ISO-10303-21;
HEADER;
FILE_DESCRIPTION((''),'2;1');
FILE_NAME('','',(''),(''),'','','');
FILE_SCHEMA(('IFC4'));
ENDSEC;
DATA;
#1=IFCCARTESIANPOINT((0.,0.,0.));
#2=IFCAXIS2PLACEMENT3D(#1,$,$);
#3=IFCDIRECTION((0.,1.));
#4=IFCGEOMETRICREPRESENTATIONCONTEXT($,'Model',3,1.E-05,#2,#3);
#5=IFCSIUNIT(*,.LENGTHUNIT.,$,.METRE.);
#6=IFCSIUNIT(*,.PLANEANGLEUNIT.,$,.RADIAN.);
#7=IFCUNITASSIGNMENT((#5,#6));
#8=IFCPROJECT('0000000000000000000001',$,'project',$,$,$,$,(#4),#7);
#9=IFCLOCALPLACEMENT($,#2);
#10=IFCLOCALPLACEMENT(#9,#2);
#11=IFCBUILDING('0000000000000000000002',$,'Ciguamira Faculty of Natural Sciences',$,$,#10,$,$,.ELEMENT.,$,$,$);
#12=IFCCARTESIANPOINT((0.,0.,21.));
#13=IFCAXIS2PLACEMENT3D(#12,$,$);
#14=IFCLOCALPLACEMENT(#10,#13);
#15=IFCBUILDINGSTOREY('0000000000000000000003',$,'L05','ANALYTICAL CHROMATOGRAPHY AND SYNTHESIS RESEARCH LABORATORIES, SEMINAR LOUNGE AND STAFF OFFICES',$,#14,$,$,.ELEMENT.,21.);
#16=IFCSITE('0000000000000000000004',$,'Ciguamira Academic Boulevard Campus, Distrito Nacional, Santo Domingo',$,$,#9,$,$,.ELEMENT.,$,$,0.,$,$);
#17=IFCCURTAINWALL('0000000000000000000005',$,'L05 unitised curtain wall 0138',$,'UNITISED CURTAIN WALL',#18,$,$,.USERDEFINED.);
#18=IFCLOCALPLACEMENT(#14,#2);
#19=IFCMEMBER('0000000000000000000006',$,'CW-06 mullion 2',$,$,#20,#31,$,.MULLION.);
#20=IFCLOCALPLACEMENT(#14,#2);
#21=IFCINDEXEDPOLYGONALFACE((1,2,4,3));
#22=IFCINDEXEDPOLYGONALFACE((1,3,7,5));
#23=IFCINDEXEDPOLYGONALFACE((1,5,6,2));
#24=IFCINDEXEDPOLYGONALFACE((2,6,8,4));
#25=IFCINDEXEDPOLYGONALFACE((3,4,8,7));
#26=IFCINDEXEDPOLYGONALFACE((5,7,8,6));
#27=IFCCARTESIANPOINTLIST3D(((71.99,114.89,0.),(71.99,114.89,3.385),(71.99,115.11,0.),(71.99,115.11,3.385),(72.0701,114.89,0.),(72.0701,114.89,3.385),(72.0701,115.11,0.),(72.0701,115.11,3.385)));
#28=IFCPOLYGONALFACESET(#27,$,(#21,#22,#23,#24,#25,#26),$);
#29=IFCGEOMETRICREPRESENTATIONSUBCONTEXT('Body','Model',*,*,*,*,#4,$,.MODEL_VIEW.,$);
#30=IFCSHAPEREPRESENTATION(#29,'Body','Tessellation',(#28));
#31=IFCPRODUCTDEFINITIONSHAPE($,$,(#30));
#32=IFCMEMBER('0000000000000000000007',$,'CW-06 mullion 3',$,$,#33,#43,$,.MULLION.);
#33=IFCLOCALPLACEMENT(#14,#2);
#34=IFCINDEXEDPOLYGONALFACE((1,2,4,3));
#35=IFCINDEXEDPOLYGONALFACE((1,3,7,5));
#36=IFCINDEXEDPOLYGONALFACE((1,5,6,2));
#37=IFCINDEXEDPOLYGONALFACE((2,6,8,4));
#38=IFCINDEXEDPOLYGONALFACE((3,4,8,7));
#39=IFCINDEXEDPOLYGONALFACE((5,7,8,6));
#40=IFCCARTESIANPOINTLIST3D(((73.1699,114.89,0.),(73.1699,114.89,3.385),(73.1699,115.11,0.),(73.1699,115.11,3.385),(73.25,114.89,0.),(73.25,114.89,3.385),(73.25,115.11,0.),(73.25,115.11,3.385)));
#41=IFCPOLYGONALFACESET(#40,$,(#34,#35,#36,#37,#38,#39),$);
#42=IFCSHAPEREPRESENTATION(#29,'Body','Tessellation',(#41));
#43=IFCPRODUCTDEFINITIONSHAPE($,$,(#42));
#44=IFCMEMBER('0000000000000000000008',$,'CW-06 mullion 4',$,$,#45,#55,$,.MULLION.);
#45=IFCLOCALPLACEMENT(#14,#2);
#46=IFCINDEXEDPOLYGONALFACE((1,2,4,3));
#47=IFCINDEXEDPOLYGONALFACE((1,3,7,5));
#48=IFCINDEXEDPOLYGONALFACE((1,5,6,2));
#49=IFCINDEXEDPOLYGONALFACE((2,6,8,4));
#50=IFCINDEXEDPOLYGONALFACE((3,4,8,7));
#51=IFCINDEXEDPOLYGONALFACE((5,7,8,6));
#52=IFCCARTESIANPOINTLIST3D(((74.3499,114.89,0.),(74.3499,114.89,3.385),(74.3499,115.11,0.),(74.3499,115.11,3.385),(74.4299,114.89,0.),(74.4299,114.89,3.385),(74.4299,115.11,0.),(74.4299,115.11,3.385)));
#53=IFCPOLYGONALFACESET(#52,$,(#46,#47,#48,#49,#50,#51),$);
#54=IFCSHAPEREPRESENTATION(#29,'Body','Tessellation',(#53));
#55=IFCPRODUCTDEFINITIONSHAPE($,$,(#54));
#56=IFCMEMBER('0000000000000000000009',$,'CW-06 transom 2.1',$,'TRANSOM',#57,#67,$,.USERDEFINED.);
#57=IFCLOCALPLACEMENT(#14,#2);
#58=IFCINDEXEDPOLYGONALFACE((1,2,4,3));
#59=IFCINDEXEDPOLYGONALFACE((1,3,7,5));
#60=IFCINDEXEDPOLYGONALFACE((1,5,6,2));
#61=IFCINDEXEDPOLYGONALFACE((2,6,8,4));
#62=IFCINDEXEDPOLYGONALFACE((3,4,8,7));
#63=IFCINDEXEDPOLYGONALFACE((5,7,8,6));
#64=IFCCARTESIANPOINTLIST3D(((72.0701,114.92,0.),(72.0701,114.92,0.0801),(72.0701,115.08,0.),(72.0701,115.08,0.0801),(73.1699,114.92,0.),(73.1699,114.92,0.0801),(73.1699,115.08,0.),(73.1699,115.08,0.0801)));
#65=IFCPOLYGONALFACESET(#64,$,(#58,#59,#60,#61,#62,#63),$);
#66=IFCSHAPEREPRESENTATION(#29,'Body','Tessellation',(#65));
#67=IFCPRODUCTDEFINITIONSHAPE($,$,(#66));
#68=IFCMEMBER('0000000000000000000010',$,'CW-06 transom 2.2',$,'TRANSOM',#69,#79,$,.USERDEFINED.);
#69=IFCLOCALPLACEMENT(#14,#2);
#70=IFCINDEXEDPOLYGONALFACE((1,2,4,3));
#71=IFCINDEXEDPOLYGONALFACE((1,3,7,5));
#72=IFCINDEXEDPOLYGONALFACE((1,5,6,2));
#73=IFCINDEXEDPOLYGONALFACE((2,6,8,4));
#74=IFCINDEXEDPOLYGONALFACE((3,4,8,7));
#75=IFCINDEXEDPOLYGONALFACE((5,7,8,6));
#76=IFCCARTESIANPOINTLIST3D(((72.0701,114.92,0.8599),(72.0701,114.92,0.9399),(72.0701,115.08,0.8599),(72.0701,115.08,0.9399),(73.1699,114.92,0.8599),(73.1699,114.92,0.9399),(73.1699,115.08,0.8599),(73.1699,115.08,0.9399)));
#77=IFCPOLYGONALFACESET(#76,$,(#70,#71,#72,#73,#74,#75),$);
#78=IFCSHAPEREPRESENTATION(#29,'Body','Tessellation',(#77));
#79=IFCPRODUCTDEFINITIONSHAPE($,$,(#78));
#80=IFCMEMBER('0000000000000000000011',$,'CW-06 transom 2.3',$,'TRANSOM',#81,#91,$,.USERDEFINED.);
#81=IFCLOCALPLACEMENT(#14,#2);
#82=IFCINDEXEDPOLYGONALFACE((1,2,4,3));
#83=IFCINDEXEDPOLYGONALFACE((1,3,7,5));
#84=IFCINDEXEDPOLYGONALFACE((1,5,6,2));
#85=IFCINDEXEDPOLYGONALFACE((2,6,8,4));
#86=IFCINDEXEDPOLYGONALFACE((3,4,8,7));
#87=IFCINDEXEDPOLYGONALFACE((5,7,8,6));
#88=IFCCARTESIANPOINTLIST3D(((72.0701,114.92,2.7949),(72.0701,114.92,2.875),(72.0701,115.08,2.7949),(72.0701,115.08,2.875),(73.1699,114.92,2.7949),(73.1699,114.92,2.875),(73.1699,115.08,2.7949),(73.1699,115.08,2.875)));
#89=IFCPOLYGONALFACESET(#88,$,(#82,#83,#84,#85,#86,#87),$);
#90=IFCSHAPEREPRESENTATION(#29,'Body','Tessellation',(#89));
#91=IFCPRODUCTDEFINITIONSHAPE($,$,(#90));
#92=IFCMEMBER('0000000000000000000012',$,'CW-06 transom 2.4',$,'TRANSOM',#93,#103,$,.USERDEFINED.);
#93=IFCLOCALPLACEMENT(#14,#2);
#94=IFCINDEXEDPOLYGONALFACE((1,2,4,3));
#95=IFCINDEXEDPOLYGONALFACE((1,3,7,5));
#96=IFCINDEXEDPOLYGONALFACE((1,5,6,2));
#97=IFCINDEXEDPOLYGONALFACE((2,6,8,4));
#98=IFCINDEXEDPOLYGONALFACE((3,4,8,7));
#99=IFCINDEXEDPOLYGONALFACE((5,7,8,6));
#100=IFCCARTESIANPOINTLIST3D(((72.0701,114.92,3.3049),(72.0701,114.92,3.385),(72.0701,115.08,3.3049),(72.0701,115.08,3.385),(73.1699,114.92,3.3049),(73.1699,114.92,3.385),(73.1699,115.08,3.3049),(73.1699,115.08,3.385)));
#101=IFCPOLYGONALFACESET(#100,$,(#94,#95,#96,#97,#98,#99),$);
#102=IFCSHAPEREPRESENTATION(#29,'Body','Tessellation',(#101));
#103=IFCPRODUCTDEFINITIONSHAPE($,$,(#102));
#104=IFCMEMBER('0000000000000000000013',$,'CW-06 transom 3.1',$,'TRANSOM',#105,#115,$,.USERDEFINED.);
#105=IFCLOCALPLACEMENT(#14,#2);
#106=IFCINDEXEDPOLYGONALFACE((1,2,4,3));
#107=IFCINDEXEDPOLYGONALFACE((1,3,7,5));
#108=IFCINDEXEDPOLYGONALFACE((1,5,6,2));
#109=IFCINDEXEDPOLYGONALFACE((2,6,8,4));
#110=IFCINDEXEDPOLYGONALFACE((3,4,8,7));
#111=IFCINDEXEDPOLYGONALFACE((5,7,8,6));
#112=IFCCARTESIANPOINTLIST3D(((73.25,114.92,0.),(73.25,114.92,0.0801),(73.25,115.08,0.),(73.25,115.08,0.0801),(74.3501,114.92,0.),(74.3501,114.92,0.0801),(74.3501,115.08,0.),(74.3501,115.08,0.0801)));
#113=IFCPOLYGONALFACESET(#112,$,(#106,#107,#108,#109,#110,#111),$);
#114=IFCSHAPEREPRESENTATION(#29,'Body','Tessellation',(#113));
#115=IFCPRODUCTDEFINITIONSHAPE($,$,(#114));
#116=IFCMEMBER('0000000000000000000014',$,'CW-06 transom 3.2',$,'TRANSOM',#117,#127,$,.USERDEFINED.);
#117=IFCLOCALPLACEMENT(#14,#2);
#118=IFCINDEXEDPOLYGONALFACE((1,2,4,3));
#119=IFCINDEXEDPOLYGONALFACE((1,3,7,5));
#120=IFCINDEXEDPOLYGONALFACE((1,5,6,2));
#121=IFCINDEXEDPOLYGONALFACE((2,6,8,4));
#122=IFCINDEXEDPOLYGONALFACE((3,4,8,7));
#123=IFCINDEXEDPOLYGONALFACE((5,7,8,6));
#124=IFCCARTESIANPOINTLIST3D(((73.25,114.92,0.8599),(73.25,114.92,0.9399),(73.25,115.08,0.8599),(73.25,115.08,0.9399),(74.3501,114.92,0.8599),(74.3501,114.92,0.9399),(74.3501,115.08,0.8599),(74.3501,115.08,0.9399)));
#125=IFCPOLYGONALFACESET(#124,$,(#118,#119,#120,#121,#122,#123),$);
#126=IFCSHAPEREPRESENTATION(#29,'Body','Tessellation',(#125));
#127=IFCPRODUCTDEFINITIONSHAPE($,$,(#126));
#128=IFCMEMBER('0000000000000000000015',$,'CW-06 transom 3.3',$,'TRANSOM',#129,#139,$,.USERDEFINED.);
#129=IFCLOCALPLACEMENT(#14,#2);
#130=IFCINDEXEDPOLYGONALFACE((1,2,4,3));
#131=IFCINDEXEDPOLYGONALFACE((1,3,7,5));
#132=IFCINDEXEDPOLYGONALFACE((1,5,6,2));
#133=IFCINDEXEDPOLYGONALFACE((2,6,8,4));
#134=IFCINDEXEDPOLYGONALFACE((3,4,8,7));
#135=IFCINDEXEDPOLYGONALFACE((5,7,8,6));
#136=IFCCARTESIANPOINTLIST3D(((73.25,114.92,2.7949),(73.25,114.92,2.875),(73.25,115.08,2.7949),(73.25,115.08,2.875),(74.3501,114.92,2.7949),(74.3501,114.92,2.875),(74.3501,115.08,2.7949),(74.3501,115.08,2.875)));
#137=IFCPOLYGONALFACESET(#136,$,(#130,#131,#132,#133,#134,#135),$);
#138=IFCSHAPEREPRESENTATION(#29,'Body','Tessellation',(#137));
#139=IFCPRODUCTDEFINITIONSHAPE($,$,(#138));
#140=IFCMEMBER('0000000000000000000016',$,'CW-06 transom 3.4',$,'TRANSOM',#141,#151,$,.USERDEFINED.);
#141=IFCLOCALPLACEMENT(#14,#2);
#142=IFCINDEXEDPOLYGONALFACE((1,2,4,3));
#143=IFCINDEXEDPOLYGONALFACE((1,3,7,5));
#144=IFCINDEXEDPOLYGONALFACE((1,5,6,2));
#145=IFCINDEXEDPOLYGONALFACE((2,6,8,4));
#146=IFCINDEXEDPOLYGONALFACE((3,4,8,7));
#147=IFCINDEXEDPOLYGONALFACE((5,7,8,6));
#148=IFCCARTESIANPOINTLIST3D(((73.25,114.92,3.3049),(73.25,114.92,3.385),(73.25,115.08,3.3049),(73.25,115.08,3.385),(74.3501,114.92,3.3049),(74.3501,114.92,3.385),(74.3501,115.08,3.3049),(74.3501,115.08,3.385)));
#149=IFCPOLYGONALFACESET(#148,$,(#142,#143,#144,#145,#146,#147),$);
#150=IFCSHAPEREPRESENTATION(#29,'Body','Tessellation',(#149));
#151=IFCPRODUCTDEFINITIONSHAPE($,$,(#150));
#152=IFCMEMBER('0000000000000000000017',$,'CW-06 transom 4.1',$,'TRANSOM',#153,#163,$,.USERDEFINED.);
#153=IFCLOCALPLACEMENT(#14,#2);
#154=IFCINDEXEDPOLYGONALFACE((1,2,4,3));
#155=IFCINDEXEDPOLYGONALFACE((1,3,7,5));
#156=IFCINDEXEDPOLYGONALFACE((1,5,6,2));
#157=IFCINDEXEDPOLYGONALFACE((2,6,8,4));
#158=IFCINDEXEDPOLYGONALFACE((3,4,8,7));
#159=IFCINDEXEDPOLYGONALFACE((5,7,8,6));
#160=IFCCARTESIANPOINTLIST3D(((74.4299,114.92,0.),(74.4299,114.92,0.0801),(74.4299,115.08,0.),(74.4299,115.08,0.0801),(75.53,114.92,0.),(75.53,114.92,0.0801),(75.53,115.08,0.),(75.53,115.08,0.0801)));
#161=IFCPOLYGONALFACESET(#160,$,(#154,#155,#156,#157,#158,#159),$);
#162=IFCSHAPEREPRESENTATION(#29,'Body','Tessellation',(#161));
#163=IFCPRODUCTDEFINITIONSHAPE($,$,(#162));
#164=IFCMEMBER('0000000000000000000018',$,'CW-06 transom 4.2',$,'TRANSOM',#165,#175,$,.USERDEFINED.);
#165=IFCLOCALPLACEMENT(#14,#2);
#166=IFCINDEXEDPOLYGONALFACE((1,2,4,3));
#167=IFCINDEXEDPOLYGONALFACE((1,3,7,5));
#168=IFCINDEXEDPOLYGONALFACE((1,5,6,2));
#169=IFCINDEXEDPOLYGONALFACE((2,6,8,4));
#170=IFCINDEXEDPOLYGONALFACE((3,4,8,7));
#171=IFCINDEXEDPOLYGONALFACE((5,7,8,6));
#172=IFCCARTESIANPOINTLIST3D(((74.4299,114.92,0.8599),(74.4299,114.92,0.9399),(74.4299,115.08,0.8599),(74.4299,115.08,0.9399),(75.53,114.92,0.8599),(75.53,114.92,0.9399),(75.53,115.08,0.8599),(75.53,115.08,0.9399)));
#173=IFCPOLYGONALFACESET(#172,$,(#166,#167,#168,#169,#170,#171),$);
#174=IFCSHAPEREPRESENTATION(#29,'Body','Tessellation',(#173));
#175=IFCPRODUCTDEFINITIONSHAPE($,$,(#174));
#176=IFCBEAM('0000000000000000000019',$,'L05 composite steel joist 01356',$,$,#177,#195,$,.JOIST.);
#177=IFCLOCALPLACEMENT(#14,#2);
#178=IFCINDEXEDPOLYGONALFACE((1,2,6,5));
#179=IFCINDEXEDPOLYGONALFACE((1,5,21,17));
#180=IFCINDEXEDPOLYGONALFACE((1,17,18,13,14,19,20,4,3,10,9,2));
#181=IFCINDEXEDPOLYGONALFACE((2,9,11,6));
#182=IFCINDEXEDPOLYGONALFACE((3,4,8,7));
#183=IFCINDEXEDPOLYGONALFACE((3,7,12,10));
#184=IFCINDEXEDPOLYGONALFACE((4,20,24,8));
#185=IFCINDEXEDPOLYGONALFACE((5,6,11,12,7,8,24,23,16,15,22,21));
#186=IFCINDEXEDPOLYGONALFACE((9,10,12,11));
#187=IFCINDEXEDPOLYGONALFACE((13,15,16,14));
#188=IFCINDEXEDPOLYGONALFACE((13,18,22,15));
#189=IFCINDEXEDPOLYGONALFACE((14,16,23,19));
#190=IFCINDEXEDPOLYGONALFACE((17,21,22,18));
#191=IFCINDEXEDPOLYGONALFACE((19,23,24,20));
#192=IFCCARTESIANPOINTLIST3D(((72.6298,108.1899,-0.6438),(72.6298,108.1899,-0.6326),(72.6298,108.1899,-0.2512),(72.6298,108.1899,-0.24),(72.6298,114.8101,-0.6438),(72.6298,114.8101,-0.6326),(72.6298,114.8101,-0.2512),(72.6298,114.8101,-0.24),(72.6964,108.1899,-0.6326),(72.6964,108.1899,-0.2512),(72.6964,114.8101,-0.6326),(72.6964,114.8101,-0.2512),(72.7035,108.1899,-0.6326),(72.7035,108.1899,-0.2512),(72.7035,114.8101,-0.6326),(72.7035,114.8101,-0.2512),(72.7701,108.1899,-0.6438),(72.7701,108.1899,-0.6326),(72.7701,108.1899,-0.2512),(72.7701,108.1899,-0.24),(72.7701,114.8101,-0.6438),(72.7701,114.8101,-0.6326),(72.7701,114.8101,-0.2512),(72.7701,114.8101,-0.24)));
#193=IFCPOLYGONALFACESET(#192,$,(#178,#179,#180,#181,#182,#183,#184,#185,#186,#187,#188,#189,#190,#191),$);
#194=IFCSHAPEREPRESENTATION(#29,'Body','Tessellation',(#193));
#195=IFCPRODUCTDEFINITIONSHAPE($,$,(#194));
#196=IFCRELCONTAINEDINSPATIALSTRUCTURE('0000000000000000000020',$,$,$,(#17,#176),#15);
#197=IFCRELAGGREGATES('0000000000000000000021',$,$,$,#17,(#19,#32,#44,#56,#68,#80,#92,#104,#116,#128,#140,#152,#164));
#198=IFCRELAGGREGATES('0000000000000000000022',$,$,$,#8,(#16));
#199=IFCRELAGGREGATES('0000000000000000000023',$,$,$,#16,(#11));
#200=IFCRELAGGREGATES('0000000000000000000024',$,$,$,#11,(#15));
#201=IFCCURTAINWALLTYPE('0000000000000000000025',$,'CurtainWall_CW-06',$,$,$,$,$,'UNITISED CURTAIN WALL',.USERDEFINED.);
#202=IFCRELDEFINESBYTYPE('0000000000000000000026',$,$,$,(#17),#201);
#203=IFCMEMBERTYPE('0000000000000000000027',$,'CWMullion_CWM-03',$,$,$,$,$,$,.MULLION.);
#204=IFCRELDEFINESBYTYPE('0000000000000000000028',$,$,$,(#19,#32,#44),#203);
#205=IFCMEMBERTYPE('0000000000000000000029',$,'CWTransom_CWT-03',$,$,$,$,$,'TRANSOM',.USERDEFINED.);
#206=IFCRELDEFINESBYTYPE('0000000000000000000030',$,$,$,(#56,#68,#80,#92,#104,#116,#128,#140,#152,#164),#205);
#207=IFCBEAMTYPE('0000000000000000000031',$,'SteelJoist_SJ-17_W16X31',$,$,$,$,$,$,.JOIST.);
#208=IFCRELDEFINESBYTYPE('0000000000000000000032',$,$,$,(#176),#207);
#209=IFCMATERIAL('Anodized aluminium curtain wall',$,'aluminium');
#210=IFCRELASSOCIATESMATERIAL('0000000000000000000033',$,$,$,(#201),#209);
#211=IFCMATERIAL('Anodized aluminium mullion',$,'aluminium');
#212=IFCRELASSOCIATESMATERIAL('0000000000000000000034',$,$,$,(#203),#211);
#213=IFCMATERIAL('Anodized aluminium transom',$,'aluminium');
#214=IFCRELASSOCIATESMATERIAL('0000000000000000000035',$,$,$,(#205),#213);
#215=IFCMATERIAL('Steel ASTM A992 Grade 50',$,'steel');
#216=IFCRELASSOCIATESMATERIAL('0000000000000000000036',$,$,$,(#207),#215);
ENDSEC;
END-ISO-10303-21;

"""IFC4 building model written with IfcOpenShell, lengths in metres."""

from ifc_helpers import new_model, si_unit, direction, frame, origin, origin_2d, place, context, subcontext, project, spatial, rectangle, i_section, extrude, material, material_profile, profile_set, type_object, element, aggregate, save


model = new_model("IFC4")

# Units and contexts
model_context = context("Model", 3, precision=1e-05, world=origin(), true_north=direction((0.0, 1.0)))
body_context = subcontext(model_context, "Body", "Model", "MODEL_VIEW")
ifc_project = project(units=[si_unit("LENGTHUNIT", "METRE"), si_unit("PLANEANGLEUNIT", "RADIAN")], contexts=[model_context])

# Site, building, storey
site_placement = place(None, origin())
site = spatial("IfcSite", under=ifc_project, at=site_placement, Name="Ciguamira Academic Boulevard Campus, Distrito Nacional, Santo Domingo", CompositionType="ELEMENT", RefElevation=0.0)
building_placement = place(site_placement, origin())
building = spatial("IfcBuilding", under=site, at=building_placement, Name="Ciguamira Faculty of Natural Sciences", CompositionType="ELEMENT")
storey_placement = place(building_placement, frame((0.0, 0.0, 21.0)))
storey = spatial("IfcBuildingStorey", under=building, at=storey_placement, Name="L05", Description="ANALYTICAL CHROMATOGRAPHY AND SYNTHESIS RESEARCH LABORATORIES, SEMINAR LOUNGE AND STAFF OFFICES", CompositionType="ELEMENT", Elevation=21.0)

# Curtain wall, members
ifc_material_1 = material(Name="Anodized aluminium curtain wall", Category="aluminium")
curtain_wall_type = type_object("IfcCurtainWallType", Name="CurtainWall_CW-06", ElementType="UNITISED CURTAIN WALL", PredefinedType="USERDEFINED", material=ifc_material_1)
curtain_wall_placement = place(storey_placement, origin())
curtain_wall = element("IfcCurtainWall", 1, at=curtain_wall_placement, inside=storey, type_object=curtain_wall_type, Name="L05 unitised curtain wall 0138", ObjectType="UNITISED CURTAIN WALL", PredefinedType="USERDEFINED")
ifc_material_2 = material(Name="Anodized aluminium mullion", Category="aluminium")
ifc_material_profile_1 = material_profile(ifc_material_2, rectangle(XDim=0.0801, YDim=0.22, at=origin_2d()), Name="ALU-MUL-80X220")
ifc_profile_set_1 = profile_set([ifc_material_profile_1], Name="Anodized aluminium mullion")
member_type_1 = type_object("IfcMemberType", Name="CWMullion_CWM-03", PredefinedType="MULLION", material=ifc_profile_set_1)
member_1_placement = place(storey_placement, frame((72.03, 115.0, 0.0), z_axis=(0.0, 0.0, 1.0), x_axis=(1.0, 0.0, 0.0)))
member_1 = element("IfcMember", 2, at=member_1_placement, type_object=member_type_1, Name="CW-06 mullion 2", PredefinedType="MULLION", context=body_context, shape_type="SweptSolid", body=[
    extrude(rectangle(XDim=0.0801, YDim=0.22, at=origin_2d()), origin(), (0.0, 0.0, 1.0), 3.385),
])
member_2_placement = place(storey_placement, frame((73.21, 115.0, 0.0), z_axis=(0.0, 0.0, 1.0), x_axis=(1.0, 0.0, 0.0)))
member_2 = element("IfcMember", 3, at=member_2_placement, type_object=member_type_1, Name="CW-06 mullion 3", PredefinedType="MULLION", context=body_context, shape_type="SweptSolid", body=[
    extrude(rectangle(XDim=0.0801, YDim=0.22, at=origin_2d()), origin(), (0.0, 0.0, 1.0), 3.385),
])
member_3_placement = place(storey_placement, frame((74.3899, 115.0, 0.0), z_axis=(0.0, 0.0, 1.0), x_axis=(1.0, 0.0, 0.0)))
member_3 = element("IfcMember", 4, at=member_3_placement, type_object=member_type_1, Name="CW-06 mullion 4", PredefinedType="MULLION", context=body_context, shape_type="SweptSolid", body=[
    extrude(rectangle(XDim=0.0801, YDim=0.22, at=origin_2d()), origin(), (0.0, 0.0, 1.0), 3.385),
])
ifc_material_3 = material(Name="Anodized aluminium transom", Category="aluminium")
ifc_material_profile_2 = material_profile(ifc_material_3, rectangle(XDim=0.0801, YDim=0.1599, at=origin_2d()), Name="ALU-TRN-80X160")
ifc_profile_set_2 = profile_set([ifc_material_profile_2], Name="Anodized aluminium transom")
member_type_2 = type_object("IfcMemberType", Name="CWTransom_CWT-03", ElementType="TRANSOM", PredefinedType="USERDEFINED", material=ifc_profile_set_2)
member_4_placement = place(storey_placement, frame((72.0701, 115.0, 0.04), z_axis=(1.0, 0.0, 0.0), x_axis=(0.0, 0.0, 1.0)))
member_4 = element("IfcMember", 5, at=member_4_placement, type_object=member_type_2, Name="CW-06 transom 2.1", ObjectType="TRANSOM", PredefinedType="USERDEFINED", context=body_context, shape_type="SweptSolid", body=[
    extrude(rectangle(XDim=0.0801, YDim=0.1599, at=origin_2d()), origin(), (0.0, 0.0, 1.0), 1.0999),
])
member_5_placement = place(storey_placement, frame((72.0701, 115.0, 0.8999), z_axis=(1.0, 0.0, 0.0), x_axis=(0.0, 0.0, 1.0)))
member_5 = element("IfcMember", 6, at=member_5_placement, type_object=member_type_2, Name="CW-06 transom 2.2", ObjectType="TRANSOM", PredefinedType="USERDEFINED", context=body_context, shape_type="SweptSolid", body=[
    extrude(rectangle(XDim=0.0801, YDim=0.1599, at=origin_2d()), origin(), (0.0, 0.0, 1.0), 1.0999),
])
member_6_placement = place(storey_placement, frame((72.0701, 115.0, 2.835), z_axis=(1.0, 0.0, 0.0), x_axis=(0.0, 0.0, 1.0)))
member_6 = element("IfcMember", 7, at=member_6_placement, type_object=member_type_2, Name="CW-06 transom 2.3", ObjectType="TRANSOM", PredefinedType="USERDEFINED", context=body_context, shape_type="SweptSolid", body=[
    extrude(rectangle(XDim=0.0801, YDim=0.1599, at=origin_2d()), origin(), (0.0, 0.0, 1.0), 1.0999),
])
member_7_placement = place(storey_placement, frame((72.0701, 115.0, 3.345), z_axis=(1.0, 0.0, 0.0), x_axis=(0.0, 0.0, 1.0)))
member_7 = element("IfcMember", 8, at=member_7_placement, type_object=member_type_2, Name="CW-06 transom 2.4", ObjectType="TRANSOM", PredefinedType="USERDEFINED", context=body_context, shape_type="SweptSolid", body=[
    extrude(rectangle(XDim=0.0801, YDim=0.1599, at=origin_2d()), origin(), (0.0, 0.0, 1.0), 1.0999),
])
member_8_placement = place(storey_placement, frame((73.25, 115.0, 0.04), z_axis=(1.0, 0.0, 0.0), x_axis=(0.0, 0.0, 1.0)))
member_8 = element("IfcMember", 9, at=member_8_placement, type_object=member_type_2, Name="CW-06 transom 3.1", ObjectType="TRANSOM", PredefinedType="USERDEFINED", context=body_context, shape_type="SweptSolid", body=[
    extrude(rectangle(XDim=0.0801, YDim=0.1599, at=origin_2d()), origin(), (0.0, 0.0, 1.0), 1.1001),
])
member_9_placement = place(storey_placement, frame((73.25, 115.0, 0.8999), z_axis=(1.0, 0.0, 0.0), x_axis=(0.0, 0.0, 1.0)))
member_9 = element("IfcMember", 10, at=member_9_placement, type_object=member_type_2, Name="CW-06 transom 3.2", ObjectType="TRANSOM", PredefinedType="USERDEFINED", context=body_context, shape_type="SweptSolid", body=[
    extrude(rectangle(XDim=0.0801, YDim=0.1599, at=origin_2d()), origin(), (0.0, 0.0, 1.0), 1.1001),
])
member_10_placement = place(storey_placement, frame((73.25, 115.0, 2.835), z_axis=(1.0, 0.0, 0.0), x_axis=(0.0, 0.0, 1.0)))
member_10 = element("IfcMember", 11, at=member_10_placement, type_object=member_type_2, Name="CW-06 transom 3.3", ObjectType="TRANSOM", PredefinedType="USERDEFINED", context=body_context, shape_type="SweptSolid", body=[
    extrude(rectangle(XDim=0.0801, YDim=0.1599, at=origin_2d()), origin(), (0.0, 0.0, 1.0), 1.1001),
])
member_11_placement = place(storey_placement, frame((73.25, 115.0, 3.345), z_axis=(1.0, 0.0, 0.0), x_axis=(0.0, 0.0, 1.0)))
member_11 = element("IfcMember", 12, at=member_11_placement, type_object=member_type_2, Name="CW-06 transom 3.4", ObjectType="TRANSOM", PredefinedType="USERDEFINED", context=body_context, shape_type="SweptSolid", body=[
    extrude(rectangle(XDim=0.0801, YDim=0.1599, at=origin_2d()), origin(), (0.0, 0.0, 1.0), 1.1001),
])
member_12_placement = place(storey_placement, frame((74.4299, 115.0, 0.04), z_axis=(1.0, 0.0, 0.0), x_axis=(0.0, 0.0, 1.0)))
member_12 = element("IfcMember", 13, at=member_12_placement, type_object=member_type_2, Name="CW-06 transom 4.1", ObjectType="TRANSOM", PredefinedType="USERDEFINED", context=body_context, shape_type="SweptSolid", body=[
    extrude(rectangle(XDim=0.0801, YDim=0.1599, at=origin_2d()), origin(), (0.0, 0.0, 1.0), 1.1001),
])
member_13_placement = place(storey_placement, frame((74.4299, 115.0, 0.8999), z_axis=(1.0, 0.0, 0.0), x_axis=(0.0, 0.0, 1.0)))
member_13 = element("IfcMember", 14, at=member_13_placement, type_object=member_type_2, Name="CW-06 transom 4.2", ObjectType="TRANSOM", PredefinedType="USERDEFINED", context=body_context, shape_type="SweptSolid", body=[
    extrude(rectangle(XDim=0.0801, YDim=0.1599, at=origin_2d()), origin(), (0.0, 0.0, 1.0), 1.1001),
])

# Beam
ifc_material_4 = material(Name="Steel ASTM A992 Grade 50", Category="steel")
ifc_material_profile_3 = material_profile(ifc_material_4, i_section(OverallWidth=0.1404, OverallDepth=0.4038, WebThickness=0.0071, FlangeThickness=0.0112, at=origin_2d()), Name="W16X31")
ifc_profile_set_3 = profile_set([ifc_material_profile_3], Name="Steel ASTM A992 Grade 50")
beam_type = type_object("IfcBeamType", Name="SteelJoist_SJ-17_W16X31", PredefinedType="JOIST", material=ifc_profile_set_3)
beam_placement = place(storey_placement, frame((72.7, 108.1899, -0.4419), z_axis=(0.0, 1.0, 0.0), x_axis=(-1.0, 0.0, 0.0)))
element("IfcBeam", 15, at=beam_placement, inside=storey, type_object=beam_type, Name="L05 composite steel joist 01356", PredefinedType="JOIST", context=body_context, shape_type="SweptSolid", body=[
    extrude(i_section(OverallWidth=0.1404, OverallDepth=0.4038, WebThickness=0.0071, FlangeThickness=0.0112, at=origin_2d()), origin(), (0.0, 0.0, 1.0), 6.6201),
])

aggregate(curtain_wall, [member_1, member_2, member_3, member_4, member_5, member_6, member_7, member_8, member_9, member_10, member_11, member_12, member_13])

save(model, "model.ifc")
